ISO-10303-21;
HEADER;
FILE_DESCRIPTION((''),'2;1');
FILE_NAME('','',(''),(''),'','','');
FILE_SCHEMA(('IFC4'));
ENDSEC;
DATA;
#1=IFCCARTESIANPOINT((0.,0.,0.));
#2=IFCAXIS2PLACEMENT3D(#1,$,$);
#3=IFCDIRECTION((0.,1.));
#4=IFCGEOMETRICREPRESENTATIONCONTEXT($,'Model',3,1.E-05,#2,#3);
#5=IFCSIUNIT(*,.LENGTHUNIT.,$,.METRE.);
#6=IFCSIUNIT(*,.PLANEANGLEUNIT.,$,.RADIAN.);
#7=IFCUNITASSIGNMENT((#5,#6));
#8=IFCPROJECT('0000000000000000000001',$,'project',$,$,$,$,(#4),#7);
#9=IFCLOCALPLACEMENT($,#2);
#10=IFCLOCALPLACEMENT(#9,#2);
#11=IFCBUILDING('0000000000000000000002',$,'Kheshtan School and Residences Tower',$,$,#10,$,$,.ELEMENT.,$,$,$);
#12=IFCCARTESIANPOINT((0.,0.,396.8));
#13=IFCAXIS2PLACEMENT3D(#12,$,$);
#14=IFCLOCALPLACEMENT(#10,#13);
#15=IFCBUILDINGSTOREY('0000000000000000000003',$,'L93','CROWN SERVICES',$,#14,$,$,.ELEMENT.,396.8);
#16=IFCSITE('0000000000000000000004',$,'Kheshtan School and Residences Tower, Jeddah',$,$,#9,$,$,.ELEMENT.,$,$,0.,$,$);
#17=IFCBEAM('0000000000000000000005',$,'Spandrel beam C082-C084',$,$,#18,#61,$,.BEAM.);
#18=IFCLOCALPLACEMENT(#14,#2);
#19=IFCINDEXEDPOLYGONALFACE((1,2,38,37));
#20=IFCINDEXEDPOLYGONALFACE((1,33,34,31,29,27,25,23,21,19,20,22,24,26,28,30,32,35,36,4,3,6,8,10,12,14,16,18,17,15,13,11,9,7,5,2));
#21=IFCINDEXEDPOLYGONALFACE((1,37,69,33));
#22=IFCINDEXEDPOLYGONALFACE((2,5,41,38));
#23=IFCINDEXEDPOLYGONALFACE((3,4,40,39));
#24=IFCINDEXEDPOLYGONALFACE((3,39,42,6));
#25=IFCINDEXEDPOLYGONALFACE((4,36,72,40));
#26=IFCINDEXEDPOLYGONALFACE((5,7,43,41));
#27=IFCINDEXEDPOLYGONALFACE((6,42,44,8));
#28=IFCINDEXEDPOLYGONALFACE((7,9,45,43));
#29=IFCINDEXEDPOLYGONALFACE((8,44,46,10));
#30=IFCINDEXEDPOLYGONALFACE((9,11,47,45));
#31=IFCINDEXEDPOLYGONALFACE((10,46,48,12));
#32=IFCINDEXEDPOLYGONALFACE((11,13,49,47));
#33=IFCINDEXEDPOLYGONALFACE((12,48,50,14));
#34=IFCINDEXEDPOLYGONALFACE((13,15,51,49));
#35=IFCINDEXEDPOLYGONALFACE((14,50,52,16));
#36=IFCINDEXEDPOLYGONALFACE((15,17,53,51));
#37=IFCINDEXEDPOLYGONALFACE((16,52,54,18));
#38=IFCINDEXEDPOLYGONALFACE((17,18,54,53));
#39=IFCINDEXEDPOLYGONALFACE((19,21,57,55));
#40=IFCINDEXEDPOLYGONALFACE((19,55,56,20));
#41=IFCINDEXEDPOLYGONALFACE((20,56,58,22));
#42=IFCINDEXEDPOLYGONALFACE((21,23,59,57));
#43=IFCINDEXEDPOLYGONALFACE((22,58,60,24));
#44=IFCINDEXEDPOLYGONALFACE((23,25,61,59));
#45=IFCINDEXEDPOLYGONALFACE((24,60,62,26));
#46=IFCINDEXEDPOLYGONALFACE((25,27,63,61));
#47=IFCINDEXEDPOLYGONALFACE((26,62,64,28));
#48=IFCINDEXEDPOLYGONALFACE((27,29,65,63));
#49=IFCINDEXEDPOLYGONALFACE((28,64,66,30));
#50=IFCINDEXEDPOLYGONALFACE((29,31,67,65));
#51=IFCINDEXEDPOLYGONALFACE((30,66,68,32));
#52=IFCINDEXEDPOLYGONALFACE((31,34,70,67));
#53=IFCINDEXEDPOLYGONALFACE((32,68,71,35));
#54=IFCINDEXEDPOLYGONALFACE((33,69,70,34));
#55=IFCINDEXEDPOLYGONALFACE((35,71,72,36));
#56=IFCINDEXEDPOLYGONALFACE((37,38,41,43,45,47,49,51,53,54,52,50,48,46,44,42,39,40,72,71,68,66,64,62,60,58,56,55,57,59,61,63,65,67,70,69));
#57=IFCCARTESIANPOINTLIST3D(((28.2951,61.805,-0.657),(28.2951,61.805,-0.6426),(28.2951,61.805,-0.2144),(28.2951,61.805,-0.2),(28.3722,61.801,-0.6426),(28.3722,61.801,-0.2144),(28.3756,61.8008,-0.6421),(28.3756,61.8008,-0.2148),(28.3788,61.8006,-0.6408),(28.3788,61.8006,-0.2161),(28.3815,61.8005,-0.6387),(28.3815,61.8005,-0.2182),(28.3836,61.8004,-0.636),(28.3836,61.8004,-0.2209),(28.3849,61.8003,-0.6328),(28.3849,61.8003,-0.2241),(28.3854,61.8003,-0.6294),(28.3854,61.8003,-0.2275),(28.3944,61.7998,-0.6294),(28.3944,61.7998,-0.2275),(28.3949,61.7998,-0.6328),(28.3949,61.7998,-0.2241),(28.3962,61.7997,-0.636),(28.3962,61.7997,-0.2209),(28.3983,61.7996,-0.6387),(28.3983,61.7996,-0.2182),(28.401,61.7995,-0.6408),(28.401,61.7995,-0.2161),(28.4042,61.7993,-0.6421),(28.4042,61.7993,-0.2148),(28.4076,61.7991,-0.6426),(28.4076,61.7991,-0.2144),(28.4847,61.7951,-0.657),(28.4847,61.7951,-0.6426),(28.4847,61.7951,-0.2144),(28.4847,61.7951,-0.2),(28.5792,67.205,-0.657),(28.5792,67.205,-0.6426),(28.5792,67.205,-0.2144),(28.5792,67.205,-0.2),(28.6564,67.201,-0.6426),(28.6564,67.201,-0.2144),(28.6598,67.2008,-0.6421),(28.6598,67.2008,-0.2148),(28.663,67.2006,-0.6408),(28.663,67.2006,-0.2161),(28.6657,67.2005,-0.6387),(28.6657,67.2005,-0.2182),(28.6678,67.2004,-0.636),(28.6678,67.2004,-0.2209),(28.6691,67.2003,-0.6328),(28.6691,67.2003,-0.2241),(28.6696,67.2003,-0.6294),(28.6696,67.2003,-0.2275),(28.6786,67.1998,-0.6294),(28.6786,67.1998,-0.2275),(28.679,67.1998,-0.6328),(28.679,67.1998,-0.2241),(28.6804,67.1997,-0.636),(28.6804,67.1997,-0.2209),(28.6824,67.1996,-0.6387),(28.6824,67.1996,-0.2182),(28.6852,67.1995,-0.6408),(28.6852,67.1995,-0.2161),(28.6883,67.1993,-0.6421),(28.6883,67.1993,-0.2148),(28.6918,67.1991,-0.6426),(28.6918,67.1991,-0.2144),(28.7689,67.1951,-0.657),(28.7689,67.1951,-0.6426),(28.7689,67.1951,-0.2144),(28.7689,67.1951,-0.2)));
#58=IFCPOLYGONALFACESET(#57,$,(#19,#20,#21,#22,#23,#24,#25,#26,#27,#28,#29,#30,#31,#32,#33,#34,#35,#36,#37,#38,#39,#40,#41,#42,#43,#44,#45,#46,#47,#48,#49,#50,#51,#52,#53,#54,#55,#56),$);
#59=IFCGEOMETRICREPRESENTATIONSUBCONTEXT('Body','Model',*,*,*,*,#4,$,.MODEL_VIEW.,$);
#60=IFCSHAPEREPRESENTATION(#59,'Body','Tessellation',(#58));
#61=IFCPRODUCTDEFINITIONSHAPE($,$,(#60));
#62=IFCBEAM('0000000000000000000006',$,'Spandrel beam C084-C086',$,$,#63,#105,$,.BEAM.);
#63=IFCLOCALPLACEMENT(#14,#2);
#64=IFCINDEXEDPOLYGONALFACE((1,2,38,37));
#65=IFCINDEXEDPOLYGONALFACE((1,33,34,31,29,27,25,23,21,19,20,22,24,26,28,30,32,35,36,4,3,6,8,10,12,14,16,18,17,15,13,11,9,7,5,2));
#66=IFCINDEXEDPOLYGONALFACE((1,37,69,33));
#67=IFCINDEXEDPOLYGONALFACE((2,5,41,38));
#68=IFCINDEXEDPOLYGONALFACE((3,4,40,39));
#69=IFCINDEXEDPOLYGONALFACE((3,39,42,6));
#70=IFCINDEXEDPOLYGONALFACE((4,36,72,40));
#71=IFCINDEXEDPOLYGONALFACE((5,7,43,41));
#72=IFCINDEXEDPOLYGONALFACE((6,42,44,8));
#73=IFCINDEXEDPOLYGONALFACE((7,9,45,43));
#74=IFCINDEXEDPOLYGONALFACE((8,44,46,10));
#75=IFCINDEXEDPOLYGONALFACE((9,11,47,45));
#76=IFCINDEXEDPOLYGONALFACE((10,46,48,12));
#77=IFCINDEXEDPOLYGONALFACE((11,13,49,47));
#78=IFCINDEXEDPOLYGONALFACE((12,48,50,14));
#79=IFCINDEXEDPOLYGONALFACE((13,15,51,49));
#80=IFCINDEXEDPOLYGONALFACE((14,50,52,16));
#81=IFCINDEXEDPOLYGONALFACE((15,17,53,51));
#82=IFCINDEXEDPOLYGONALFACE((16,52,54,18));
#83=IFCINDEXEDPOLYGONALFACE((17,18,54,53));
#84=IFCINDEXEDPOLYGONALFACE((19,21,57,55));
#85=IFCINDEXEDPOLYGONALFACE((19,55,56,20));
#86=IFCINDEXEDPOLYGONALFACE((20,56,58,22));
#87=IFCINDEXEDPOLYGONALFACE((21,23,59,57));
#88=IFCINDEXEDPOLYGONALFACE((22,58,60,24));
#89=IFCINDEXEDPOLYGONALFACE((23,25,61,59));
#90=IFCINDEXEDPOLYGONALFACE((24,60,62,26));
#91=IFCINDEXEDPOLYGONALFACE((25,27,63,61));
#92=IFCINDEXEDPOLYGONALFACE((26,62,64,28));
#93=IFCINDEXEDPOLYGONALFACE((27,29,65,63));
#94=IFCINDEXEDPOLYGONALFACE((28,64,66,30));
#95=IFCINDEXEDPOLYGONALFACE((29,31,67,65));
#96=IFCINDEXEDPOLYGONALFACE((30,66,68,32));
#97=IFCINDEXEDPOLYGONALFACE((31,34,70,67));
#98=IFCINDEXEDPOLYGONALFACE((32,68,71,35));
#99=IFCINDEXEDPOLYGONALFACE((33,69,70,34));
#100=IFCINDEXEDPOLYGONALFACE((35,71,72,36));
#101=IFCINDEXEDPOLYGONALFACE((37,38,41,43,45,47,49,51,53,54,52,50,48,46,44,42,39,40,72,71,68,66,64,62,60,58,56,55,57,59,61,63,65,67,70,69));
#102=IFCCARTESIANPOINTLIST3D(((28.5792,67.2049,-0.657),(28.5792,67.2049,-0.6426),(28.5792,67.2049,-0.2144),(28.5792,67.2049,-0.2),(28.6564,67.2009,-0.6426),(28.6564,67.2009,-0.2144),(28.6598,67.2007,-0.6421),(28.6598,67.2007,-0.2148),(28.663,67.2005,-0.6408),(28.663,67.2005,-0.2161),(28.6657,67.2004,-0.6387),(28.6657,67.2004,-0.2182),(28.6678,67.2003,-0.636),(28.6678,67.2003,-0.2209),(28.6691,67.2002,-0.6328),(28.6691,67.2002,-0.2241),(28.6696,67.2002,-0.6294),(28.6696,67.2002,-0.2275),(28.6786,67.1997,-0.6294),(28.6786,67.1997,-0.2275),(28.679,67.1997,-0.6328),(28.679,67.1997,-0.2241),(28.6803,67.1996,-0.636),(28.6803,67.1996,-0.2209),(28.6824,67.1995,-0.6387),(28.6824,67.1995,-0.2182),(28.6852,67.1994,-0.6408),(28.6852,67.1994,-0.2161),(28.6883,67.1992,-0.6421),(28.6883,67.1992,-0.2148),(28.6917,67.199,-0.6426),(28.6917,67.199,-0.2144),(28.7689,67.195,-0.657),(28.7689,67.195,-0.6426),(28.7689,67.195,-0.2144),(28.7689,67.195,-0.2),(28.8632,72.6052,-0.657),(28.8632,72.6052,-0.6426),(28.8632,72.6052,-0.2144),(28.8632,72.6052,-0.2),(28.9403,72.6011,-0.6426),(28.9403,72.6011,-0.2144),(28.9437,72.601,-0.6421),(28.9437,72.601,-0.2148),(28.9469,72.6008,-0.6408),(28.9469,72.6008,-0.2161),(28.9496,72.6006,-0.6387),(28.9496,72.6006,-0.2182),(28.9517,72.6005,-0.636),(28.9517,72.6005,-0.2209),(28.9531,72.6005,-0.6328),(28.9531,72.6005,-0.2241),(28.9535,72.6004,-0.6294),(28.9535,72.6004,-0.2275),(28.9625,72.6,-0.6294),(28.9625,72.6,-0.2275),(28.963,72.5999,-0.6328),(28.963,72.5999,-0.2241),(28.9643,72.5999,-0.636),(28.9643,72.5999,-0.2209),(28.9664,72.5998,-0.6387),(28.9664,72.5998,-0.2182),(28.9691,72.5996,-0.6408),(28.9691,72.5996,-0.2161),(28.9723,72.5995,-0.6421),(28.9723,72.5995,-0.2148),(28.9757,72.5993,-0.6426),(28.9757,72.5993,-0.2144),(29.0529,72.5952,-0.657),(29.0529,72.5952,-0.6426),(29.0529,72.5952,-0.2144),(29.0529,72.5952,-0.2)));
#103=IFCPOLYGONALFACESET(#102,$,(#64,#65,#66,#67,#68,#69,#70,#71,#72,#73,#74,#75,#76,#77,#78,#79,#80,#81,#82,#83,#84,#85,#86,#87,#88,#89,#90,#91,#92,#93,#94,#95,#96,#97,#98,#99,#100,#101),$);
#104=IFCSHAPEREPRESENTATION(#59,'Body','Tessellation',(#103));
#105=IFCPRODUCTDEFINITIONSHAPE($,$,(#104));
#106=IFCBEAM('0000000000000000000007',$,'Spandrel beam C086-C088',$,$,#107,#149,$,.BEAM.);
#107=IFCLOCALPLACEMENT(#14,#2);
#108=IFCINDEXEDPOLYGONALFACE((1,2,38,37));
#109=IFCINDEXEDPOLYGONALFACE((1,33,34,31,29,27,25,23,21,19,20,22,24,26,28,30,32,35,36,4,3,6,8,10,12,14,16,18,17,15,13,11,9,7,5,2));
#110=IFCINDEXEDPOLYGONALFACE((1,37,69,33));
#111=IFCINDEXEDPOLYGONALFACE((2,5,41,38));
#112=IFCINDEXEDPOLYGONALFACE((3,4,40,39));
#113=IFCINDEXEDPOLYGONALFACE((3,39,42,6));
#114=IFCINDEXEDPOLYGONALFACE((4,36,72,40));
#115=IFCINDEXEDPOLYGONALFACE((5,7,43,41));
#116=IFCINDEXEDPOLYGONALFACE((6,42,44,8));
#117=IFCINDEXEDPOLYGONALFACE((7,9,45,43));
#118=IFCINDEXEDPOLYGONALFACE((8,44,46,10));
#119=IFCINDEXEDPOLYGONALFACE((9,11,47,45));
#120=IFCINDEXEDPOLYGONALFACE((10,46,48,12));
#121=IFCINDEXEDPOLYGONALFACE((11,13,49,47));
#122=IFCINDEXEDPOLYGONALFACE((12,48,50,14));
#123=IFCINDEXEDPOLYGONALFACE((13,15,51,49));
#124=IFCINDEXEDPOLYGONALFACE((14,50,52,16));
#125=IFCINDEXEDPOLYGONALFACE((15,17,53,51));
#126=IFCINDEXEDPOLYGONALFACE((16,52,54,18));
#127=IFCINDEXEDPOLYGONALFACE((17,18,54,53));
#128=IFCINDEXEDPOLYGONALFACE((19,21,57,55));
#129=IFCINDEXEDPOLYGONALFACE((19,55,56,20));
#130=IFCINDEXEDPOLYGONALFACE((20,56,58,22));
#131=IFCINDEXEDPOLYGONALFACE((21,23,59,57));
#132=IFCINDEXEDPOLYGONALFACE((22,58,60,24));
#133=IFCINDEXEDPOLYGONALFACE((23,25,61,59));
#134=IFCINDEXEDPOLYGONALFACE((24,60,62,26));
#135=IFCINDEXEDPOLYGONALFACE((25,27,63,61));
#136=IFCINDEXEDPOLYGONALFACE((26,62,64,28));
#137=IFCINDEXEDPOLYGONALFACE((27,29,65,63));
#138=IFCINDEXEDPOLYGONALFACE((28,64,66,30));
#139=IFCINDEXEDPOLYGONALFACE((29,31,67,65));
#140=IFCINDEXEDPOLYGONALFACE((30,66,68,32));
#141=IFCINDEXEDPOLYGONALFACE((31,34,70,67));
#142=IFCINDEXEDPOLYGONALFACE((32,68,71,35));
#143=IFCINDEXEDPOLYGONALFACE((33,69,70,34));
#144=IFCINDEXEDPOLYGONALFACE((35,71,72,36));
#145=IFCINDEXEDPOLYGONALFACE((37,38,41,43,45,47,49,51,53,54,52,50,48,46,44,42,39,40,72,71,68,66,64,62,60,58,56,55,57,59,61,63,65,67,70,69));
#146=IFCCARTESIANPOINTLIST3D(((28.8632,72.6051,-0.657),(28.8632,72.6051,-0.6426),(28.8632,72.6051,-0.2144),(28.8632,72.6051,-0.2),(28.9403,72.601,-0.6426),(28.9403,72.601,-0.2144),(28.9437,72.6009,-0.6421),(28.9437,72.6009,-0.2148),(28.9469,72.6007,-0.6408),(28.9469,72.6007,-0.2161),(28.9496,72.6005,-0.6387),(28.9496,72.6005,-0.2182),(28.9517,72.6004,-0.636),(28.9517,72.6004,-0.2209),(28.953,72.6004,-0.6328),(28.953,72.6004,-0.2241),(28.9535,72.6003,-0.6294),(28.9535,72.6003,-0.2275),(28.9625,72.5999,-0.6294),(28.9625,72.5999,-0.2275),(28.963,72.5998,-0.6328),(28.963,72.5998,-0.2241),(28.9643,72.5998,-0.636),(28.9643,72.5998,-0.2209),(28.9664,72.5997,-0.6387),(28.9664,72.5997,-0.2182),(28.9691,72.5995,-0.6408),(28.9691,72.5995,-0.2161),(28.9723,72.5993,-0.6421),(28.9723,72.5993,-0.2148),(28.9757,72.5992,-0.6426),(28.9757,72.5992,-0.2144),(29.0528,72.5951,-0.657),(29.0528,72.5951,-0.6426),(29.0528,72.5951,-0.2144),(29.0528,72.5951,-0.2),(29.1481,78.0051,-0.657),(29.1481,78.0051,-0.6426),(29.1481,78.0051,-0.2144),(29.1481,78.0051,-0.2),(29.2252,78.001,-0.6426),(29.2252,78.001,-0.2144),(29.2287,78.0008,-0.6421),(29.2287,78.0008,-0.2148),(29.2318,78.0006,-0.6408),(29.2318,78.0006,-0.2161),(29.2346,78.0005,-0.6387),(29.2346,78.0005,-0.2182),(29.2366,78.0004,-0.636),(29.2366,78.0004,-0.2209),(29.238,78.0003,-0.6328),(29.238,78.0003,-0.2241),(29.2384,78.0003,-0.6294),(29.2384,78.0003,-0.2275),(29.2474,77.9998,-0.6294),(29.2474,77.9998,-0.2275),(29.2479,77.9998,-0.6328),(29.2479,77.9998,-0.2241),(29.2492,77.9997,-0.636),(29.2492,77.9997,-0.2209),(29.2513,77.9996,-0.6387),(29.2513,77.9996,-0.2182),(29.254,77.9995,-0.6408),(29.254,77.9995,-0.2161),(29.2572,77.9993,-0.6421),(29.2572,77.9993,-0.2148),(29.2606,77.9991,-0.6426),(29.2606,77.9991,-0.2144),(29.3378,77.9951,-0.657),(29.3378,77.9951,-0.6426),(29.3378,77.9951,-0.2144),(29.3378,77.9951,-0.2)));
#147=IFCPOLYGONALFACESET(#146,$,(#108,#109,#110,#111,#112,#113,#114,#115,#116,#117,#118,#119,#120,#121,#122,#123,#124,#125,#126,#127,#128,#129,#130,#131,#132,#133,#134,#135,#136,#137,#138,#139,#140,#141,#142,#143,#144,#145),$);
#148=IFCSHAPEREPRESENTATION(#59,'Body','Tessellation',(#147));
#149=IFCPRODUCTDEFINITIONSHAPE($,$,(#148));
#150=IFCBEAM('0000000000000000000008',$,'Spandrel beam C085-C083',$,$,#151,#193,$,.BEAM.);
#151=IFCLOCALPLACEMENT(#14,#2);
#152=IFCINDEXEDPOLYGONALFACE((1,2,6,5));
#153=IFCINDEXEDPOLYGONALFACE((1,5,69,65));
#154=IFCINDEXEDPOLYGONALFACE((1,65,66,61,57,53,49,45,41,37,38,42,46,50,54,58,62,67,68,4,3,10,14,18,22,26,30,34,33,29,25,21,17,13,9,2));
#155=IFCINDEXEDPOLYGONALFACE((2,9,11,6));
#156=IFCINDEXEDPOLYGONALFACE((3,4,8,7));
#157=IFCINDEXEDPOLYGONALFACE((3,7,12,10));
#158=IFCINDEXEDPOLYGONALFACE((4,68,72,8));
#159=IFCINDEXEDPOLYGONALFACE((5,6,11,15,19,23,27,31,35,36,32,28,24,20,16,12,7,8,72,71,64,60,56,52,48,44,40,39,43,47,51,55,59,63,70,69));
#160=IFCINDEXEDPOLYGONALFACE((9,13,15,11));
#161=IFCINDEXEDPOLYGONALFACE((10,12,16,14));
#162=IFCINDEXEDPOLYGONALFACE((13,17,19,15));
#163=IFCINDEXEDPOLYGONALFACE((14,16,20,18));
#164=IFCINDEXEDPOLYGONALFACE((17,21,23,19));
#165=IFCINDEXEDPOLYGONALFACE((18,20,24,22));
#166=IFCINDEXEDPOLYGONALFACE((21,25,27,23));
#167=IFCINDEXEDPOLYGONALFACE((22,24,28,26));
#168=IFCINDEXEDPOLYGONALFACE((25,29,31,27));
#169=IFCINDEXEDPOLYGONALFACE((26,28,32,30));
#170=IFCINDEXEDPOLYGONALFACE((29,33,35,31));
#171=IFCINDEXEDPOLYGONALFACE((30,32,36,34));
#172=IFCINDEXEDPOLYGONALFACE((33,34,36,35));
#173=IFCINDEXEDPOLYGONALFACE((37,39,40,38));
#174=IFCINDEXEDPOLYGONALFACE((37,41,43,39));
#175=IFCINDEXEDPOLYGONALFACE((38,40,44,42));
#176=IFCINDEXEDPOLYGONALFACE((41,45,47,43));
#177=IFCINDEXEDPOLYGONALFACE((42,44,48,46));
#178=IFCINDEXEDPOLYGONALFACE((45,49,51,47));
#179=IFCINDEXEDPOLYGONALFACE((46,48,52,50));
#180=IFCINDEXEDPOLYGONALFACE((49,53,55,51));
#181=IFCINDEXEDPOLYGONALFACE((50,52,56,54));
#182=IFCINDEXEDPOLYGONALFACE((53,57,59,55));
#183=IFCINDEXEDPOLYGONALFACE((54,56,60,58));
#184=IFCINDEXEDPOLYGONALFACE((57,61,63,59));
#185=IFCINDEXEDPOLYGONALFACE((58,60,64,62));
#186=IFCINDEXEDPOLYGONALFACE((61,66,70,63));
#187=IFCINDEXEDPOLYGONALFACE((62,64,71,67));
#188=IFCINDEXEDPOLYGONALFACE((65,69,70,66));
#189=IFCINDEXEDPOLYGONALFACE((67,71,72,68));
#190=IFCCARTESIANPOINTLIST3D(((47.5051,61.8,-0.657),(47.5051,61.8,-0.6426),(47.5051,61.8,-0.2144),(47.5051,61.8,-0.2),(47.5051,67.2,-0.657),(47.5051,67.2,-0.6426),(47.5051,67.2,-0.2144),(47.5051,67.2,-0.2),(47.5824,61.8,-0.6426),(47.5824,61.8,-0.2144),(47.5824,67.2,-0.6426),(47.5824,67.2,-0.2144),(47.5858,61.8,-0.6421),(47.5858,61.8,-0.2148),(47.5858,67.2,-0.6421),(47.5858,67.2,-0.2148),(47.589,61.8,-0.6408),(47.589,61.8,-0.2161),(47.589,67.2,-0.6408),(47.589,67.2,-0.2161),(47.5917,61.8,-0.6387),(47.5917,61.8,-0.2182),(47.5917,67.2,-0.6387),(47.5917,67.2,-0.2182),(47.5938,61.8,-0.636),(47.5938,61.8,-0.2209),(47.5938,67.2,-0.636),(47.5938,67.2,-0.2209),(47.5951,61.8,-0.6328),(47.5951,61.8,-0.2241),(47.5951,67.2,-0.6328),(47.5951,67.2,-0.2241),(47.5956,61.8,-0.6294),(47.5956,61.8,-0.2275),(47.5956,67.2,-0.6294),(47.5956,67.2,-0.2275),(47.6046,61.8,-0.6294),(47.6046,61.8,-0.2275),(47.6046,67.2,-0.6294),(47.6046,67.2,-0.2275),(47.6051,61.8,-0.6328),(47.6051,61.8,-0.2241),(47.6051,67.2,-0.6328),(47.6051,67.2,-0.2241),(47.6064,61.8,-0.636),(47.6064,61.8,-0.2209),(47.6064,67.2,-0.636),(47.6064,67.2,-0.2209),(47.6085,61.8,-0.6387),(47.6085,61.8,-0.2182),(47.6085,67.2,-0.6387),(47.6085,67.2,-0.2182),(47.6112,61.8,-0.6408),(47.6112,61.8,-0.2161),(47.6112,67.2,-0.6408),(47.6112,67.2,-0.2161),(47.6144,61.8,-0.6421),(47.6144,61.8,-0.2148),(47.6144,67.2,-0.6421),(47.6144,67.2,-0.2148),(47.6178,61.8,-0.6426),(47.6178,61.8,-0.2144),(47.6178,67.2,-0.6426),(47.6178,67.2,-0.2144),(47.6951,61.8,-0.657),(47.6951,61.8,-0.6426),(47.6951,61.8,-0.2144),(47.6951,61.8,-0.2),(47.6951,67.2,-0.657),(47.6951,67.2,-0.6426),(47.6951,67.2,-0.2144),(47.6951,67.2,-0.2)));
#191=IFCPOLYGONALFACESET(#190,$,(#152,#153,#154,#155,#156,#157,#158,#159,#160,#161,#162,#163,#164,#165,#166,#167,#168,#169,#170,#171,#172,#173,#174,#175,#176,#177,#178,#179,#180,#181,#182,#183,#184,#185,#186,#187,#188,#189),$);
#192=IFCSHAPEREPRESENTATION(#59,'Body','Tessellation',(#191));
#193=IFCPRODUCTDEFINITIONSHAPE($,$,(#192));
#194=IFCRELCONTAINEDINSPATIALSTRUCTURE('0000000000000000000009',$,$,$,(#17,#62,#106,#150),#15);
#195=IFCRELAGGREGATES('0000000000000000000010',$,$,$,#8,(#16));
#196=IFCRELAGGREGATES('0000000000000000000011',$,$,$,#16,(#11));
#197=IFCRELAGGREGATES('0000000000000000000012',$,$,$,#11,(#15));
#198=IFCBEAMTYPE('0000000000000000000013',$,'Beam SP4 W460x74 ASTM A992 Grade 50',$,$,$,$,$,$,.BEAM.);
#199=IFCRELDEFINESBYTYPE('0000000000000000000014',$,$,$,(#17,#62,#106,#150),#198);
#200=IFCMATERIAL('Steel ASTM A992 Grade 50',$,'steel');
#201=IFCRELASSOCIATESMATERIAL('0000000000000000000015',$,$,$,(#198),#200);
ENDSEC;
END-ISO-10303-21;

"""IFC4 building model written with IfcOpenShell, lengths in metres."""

from ifc_helpers import new_model, si_unit, direction, frame, origin, origin_2d, place, context, subcontext, project, spatial, i_section, extrude, material, material_profile, profile_set, type_object, element, save


model = new_model("IFC4")

# Units and contexts
model_context = context("Model", 3, precision=1e-05, world=origin(), true_north=direction((0.0, 1.0)))
body_context = subcontext(model_context, "Body", "Model", "MODEL_VIEW")
ifc_project = project(units=[si_unit("LENGTHUNIT", "METRE"), si_unit("PLANEANGLEUNIT", "RADIAN")], contexts=[model_context])

# Site, building, storey
site_placement = place(None, origin())
site = spatial("IfcSite", under=ifc_project, at=site_placement, Name="Kheshtan School and Residences Tower, Jeddah", CompositionType="ELEMENT", RefElevation=0.0)
building_placement = place(site_placement, origin())
building = spatial("IfcBuilding", under=site, at=building_placement, Name="Kheshtan School and Residences Tower", CompositionType="ELEMENT")
storey_placement = place(building_placement, frame((0.0, 0.0, 396.8)))
storey = spatial("IfcBuildingStorey", under=building, at=storey_placement, Name="L93", Description="CROWN SERVICES", CompositionType="ELEMENT", Elevation=396.8)

# Beams
ifc_material_1 = material(Name="Steel ASTM A992 Grade 50", Category="steel")
ifc_material_profile_1 = material_profile(ifc_material_1, i_section(OverallWidth=0.1899, OverallDepth=0.457, WebThickness=0.009, FlangeThickness=0.0144, FilletRadius=0.0132, at=origin_2d()), Name="W460x74")
ifc_profile_set_1 = profile_set([ifc_material_profile_1], Name="Steel ASTM A992 Grade 50")
beam_type = type_object("IfcBeamType", Name="Beam SP4 W460x74 ASTM A992 Grade 50", PredefinedType="BEAM", material=ifc_profile_set_1)
beam_1_placement = place(storey_placement, frame((28.3899, 61.8, -0.4285), z_axis=(0.052554, 0.998618, 0.0), x_axis=(-0.998618, 0.052554, 0.0)))
element("IfcBeam", 1, at=beam_1_placement, inside=storey, type_object=beam_type, Name="Spandrel beam C082-C084", PredefinedType="BEAM", context=body_context, shape_type="SweptSolid", body=[
    extrude(i_section(OverallWidth=0.1899, OverallDepth=0.457, WebThickness=0.009, FlangeThickness=0.0144, FilletRadius=0.0132, at=origin_2d()), origin(), (0.0, 0.0, 1.0), 5.4075),
])
beam_2_placement = place(storey_placement, frame((28.6741, 67.2, -0.4285), z_axis=(0.052507, 0.998621, 0.0), x_axis=(-0.998621, 0.052507, 0.0)))
element("IfcBeam", 2, at=beam_2_placement, inside=storey, type_object=beam_type, Name="Spandrel beam C084-C086", PredefinedType="BEAM", context=body_context, shape_type="SweptSolid", body=[
    extrude(i_section(OverallWidth=0.1899, OverallDepth=0.457, WebThickness=0.009, FlangeThickness=0.0144, FilletRadius=0.0132, at=origin_2d()), origin(), (0.0, 0.0, 1.0), 5.4077),
])
beam_3_placement = place(storey_placement, frame((28.958, 72.6001, -0.4285), z_axis=(0.052689, 0.998611, 0.0), x_axis=(-0.998611, 0.052689, 0.0)))
element("IfcBeam", 3, at=beam_3_placement, inside=storey, type_object=beam_type, Name="Spandrel beam C086-C088", PredefinedType="BEAM", context=body_context, shape_type="SweptSolid", body=[
    extrude(i_section(OverallWidth=0.1899, OverallDepth=0.457, WebThickness=0.009, FlangeThickness=0.0144, FilletRadius=0.0132, at=origin_2d()), origin(), (0.0, 0.0, 1.0), 5.4075),
])
beam_4_placement = place(storey_placement, frame((47.6001, 67.2, -0.4285), z_axis=(0.0, -1.0, 0.0), x_axis=(1.0, 0.0, 0.0)))
element("IfcBeam", 4, at=beam_4_placement, inside=storey, type_object=beam_type, Name="Spandrel beam C085-C083", PredefinedType="BEAM", context=body_context, shape_type="SweptSolid", body=[
    extrude(i_section(OverallWidth=0.1899, OverallDepth=0.457, WebThickness=0.009, FlangeThickness=0.0144, FilletRadius=0.0132, at=origin_2d()), origin(), (0.0, 0.0, 1.0), 5.3999),
])

save(model, "model.ifc")
